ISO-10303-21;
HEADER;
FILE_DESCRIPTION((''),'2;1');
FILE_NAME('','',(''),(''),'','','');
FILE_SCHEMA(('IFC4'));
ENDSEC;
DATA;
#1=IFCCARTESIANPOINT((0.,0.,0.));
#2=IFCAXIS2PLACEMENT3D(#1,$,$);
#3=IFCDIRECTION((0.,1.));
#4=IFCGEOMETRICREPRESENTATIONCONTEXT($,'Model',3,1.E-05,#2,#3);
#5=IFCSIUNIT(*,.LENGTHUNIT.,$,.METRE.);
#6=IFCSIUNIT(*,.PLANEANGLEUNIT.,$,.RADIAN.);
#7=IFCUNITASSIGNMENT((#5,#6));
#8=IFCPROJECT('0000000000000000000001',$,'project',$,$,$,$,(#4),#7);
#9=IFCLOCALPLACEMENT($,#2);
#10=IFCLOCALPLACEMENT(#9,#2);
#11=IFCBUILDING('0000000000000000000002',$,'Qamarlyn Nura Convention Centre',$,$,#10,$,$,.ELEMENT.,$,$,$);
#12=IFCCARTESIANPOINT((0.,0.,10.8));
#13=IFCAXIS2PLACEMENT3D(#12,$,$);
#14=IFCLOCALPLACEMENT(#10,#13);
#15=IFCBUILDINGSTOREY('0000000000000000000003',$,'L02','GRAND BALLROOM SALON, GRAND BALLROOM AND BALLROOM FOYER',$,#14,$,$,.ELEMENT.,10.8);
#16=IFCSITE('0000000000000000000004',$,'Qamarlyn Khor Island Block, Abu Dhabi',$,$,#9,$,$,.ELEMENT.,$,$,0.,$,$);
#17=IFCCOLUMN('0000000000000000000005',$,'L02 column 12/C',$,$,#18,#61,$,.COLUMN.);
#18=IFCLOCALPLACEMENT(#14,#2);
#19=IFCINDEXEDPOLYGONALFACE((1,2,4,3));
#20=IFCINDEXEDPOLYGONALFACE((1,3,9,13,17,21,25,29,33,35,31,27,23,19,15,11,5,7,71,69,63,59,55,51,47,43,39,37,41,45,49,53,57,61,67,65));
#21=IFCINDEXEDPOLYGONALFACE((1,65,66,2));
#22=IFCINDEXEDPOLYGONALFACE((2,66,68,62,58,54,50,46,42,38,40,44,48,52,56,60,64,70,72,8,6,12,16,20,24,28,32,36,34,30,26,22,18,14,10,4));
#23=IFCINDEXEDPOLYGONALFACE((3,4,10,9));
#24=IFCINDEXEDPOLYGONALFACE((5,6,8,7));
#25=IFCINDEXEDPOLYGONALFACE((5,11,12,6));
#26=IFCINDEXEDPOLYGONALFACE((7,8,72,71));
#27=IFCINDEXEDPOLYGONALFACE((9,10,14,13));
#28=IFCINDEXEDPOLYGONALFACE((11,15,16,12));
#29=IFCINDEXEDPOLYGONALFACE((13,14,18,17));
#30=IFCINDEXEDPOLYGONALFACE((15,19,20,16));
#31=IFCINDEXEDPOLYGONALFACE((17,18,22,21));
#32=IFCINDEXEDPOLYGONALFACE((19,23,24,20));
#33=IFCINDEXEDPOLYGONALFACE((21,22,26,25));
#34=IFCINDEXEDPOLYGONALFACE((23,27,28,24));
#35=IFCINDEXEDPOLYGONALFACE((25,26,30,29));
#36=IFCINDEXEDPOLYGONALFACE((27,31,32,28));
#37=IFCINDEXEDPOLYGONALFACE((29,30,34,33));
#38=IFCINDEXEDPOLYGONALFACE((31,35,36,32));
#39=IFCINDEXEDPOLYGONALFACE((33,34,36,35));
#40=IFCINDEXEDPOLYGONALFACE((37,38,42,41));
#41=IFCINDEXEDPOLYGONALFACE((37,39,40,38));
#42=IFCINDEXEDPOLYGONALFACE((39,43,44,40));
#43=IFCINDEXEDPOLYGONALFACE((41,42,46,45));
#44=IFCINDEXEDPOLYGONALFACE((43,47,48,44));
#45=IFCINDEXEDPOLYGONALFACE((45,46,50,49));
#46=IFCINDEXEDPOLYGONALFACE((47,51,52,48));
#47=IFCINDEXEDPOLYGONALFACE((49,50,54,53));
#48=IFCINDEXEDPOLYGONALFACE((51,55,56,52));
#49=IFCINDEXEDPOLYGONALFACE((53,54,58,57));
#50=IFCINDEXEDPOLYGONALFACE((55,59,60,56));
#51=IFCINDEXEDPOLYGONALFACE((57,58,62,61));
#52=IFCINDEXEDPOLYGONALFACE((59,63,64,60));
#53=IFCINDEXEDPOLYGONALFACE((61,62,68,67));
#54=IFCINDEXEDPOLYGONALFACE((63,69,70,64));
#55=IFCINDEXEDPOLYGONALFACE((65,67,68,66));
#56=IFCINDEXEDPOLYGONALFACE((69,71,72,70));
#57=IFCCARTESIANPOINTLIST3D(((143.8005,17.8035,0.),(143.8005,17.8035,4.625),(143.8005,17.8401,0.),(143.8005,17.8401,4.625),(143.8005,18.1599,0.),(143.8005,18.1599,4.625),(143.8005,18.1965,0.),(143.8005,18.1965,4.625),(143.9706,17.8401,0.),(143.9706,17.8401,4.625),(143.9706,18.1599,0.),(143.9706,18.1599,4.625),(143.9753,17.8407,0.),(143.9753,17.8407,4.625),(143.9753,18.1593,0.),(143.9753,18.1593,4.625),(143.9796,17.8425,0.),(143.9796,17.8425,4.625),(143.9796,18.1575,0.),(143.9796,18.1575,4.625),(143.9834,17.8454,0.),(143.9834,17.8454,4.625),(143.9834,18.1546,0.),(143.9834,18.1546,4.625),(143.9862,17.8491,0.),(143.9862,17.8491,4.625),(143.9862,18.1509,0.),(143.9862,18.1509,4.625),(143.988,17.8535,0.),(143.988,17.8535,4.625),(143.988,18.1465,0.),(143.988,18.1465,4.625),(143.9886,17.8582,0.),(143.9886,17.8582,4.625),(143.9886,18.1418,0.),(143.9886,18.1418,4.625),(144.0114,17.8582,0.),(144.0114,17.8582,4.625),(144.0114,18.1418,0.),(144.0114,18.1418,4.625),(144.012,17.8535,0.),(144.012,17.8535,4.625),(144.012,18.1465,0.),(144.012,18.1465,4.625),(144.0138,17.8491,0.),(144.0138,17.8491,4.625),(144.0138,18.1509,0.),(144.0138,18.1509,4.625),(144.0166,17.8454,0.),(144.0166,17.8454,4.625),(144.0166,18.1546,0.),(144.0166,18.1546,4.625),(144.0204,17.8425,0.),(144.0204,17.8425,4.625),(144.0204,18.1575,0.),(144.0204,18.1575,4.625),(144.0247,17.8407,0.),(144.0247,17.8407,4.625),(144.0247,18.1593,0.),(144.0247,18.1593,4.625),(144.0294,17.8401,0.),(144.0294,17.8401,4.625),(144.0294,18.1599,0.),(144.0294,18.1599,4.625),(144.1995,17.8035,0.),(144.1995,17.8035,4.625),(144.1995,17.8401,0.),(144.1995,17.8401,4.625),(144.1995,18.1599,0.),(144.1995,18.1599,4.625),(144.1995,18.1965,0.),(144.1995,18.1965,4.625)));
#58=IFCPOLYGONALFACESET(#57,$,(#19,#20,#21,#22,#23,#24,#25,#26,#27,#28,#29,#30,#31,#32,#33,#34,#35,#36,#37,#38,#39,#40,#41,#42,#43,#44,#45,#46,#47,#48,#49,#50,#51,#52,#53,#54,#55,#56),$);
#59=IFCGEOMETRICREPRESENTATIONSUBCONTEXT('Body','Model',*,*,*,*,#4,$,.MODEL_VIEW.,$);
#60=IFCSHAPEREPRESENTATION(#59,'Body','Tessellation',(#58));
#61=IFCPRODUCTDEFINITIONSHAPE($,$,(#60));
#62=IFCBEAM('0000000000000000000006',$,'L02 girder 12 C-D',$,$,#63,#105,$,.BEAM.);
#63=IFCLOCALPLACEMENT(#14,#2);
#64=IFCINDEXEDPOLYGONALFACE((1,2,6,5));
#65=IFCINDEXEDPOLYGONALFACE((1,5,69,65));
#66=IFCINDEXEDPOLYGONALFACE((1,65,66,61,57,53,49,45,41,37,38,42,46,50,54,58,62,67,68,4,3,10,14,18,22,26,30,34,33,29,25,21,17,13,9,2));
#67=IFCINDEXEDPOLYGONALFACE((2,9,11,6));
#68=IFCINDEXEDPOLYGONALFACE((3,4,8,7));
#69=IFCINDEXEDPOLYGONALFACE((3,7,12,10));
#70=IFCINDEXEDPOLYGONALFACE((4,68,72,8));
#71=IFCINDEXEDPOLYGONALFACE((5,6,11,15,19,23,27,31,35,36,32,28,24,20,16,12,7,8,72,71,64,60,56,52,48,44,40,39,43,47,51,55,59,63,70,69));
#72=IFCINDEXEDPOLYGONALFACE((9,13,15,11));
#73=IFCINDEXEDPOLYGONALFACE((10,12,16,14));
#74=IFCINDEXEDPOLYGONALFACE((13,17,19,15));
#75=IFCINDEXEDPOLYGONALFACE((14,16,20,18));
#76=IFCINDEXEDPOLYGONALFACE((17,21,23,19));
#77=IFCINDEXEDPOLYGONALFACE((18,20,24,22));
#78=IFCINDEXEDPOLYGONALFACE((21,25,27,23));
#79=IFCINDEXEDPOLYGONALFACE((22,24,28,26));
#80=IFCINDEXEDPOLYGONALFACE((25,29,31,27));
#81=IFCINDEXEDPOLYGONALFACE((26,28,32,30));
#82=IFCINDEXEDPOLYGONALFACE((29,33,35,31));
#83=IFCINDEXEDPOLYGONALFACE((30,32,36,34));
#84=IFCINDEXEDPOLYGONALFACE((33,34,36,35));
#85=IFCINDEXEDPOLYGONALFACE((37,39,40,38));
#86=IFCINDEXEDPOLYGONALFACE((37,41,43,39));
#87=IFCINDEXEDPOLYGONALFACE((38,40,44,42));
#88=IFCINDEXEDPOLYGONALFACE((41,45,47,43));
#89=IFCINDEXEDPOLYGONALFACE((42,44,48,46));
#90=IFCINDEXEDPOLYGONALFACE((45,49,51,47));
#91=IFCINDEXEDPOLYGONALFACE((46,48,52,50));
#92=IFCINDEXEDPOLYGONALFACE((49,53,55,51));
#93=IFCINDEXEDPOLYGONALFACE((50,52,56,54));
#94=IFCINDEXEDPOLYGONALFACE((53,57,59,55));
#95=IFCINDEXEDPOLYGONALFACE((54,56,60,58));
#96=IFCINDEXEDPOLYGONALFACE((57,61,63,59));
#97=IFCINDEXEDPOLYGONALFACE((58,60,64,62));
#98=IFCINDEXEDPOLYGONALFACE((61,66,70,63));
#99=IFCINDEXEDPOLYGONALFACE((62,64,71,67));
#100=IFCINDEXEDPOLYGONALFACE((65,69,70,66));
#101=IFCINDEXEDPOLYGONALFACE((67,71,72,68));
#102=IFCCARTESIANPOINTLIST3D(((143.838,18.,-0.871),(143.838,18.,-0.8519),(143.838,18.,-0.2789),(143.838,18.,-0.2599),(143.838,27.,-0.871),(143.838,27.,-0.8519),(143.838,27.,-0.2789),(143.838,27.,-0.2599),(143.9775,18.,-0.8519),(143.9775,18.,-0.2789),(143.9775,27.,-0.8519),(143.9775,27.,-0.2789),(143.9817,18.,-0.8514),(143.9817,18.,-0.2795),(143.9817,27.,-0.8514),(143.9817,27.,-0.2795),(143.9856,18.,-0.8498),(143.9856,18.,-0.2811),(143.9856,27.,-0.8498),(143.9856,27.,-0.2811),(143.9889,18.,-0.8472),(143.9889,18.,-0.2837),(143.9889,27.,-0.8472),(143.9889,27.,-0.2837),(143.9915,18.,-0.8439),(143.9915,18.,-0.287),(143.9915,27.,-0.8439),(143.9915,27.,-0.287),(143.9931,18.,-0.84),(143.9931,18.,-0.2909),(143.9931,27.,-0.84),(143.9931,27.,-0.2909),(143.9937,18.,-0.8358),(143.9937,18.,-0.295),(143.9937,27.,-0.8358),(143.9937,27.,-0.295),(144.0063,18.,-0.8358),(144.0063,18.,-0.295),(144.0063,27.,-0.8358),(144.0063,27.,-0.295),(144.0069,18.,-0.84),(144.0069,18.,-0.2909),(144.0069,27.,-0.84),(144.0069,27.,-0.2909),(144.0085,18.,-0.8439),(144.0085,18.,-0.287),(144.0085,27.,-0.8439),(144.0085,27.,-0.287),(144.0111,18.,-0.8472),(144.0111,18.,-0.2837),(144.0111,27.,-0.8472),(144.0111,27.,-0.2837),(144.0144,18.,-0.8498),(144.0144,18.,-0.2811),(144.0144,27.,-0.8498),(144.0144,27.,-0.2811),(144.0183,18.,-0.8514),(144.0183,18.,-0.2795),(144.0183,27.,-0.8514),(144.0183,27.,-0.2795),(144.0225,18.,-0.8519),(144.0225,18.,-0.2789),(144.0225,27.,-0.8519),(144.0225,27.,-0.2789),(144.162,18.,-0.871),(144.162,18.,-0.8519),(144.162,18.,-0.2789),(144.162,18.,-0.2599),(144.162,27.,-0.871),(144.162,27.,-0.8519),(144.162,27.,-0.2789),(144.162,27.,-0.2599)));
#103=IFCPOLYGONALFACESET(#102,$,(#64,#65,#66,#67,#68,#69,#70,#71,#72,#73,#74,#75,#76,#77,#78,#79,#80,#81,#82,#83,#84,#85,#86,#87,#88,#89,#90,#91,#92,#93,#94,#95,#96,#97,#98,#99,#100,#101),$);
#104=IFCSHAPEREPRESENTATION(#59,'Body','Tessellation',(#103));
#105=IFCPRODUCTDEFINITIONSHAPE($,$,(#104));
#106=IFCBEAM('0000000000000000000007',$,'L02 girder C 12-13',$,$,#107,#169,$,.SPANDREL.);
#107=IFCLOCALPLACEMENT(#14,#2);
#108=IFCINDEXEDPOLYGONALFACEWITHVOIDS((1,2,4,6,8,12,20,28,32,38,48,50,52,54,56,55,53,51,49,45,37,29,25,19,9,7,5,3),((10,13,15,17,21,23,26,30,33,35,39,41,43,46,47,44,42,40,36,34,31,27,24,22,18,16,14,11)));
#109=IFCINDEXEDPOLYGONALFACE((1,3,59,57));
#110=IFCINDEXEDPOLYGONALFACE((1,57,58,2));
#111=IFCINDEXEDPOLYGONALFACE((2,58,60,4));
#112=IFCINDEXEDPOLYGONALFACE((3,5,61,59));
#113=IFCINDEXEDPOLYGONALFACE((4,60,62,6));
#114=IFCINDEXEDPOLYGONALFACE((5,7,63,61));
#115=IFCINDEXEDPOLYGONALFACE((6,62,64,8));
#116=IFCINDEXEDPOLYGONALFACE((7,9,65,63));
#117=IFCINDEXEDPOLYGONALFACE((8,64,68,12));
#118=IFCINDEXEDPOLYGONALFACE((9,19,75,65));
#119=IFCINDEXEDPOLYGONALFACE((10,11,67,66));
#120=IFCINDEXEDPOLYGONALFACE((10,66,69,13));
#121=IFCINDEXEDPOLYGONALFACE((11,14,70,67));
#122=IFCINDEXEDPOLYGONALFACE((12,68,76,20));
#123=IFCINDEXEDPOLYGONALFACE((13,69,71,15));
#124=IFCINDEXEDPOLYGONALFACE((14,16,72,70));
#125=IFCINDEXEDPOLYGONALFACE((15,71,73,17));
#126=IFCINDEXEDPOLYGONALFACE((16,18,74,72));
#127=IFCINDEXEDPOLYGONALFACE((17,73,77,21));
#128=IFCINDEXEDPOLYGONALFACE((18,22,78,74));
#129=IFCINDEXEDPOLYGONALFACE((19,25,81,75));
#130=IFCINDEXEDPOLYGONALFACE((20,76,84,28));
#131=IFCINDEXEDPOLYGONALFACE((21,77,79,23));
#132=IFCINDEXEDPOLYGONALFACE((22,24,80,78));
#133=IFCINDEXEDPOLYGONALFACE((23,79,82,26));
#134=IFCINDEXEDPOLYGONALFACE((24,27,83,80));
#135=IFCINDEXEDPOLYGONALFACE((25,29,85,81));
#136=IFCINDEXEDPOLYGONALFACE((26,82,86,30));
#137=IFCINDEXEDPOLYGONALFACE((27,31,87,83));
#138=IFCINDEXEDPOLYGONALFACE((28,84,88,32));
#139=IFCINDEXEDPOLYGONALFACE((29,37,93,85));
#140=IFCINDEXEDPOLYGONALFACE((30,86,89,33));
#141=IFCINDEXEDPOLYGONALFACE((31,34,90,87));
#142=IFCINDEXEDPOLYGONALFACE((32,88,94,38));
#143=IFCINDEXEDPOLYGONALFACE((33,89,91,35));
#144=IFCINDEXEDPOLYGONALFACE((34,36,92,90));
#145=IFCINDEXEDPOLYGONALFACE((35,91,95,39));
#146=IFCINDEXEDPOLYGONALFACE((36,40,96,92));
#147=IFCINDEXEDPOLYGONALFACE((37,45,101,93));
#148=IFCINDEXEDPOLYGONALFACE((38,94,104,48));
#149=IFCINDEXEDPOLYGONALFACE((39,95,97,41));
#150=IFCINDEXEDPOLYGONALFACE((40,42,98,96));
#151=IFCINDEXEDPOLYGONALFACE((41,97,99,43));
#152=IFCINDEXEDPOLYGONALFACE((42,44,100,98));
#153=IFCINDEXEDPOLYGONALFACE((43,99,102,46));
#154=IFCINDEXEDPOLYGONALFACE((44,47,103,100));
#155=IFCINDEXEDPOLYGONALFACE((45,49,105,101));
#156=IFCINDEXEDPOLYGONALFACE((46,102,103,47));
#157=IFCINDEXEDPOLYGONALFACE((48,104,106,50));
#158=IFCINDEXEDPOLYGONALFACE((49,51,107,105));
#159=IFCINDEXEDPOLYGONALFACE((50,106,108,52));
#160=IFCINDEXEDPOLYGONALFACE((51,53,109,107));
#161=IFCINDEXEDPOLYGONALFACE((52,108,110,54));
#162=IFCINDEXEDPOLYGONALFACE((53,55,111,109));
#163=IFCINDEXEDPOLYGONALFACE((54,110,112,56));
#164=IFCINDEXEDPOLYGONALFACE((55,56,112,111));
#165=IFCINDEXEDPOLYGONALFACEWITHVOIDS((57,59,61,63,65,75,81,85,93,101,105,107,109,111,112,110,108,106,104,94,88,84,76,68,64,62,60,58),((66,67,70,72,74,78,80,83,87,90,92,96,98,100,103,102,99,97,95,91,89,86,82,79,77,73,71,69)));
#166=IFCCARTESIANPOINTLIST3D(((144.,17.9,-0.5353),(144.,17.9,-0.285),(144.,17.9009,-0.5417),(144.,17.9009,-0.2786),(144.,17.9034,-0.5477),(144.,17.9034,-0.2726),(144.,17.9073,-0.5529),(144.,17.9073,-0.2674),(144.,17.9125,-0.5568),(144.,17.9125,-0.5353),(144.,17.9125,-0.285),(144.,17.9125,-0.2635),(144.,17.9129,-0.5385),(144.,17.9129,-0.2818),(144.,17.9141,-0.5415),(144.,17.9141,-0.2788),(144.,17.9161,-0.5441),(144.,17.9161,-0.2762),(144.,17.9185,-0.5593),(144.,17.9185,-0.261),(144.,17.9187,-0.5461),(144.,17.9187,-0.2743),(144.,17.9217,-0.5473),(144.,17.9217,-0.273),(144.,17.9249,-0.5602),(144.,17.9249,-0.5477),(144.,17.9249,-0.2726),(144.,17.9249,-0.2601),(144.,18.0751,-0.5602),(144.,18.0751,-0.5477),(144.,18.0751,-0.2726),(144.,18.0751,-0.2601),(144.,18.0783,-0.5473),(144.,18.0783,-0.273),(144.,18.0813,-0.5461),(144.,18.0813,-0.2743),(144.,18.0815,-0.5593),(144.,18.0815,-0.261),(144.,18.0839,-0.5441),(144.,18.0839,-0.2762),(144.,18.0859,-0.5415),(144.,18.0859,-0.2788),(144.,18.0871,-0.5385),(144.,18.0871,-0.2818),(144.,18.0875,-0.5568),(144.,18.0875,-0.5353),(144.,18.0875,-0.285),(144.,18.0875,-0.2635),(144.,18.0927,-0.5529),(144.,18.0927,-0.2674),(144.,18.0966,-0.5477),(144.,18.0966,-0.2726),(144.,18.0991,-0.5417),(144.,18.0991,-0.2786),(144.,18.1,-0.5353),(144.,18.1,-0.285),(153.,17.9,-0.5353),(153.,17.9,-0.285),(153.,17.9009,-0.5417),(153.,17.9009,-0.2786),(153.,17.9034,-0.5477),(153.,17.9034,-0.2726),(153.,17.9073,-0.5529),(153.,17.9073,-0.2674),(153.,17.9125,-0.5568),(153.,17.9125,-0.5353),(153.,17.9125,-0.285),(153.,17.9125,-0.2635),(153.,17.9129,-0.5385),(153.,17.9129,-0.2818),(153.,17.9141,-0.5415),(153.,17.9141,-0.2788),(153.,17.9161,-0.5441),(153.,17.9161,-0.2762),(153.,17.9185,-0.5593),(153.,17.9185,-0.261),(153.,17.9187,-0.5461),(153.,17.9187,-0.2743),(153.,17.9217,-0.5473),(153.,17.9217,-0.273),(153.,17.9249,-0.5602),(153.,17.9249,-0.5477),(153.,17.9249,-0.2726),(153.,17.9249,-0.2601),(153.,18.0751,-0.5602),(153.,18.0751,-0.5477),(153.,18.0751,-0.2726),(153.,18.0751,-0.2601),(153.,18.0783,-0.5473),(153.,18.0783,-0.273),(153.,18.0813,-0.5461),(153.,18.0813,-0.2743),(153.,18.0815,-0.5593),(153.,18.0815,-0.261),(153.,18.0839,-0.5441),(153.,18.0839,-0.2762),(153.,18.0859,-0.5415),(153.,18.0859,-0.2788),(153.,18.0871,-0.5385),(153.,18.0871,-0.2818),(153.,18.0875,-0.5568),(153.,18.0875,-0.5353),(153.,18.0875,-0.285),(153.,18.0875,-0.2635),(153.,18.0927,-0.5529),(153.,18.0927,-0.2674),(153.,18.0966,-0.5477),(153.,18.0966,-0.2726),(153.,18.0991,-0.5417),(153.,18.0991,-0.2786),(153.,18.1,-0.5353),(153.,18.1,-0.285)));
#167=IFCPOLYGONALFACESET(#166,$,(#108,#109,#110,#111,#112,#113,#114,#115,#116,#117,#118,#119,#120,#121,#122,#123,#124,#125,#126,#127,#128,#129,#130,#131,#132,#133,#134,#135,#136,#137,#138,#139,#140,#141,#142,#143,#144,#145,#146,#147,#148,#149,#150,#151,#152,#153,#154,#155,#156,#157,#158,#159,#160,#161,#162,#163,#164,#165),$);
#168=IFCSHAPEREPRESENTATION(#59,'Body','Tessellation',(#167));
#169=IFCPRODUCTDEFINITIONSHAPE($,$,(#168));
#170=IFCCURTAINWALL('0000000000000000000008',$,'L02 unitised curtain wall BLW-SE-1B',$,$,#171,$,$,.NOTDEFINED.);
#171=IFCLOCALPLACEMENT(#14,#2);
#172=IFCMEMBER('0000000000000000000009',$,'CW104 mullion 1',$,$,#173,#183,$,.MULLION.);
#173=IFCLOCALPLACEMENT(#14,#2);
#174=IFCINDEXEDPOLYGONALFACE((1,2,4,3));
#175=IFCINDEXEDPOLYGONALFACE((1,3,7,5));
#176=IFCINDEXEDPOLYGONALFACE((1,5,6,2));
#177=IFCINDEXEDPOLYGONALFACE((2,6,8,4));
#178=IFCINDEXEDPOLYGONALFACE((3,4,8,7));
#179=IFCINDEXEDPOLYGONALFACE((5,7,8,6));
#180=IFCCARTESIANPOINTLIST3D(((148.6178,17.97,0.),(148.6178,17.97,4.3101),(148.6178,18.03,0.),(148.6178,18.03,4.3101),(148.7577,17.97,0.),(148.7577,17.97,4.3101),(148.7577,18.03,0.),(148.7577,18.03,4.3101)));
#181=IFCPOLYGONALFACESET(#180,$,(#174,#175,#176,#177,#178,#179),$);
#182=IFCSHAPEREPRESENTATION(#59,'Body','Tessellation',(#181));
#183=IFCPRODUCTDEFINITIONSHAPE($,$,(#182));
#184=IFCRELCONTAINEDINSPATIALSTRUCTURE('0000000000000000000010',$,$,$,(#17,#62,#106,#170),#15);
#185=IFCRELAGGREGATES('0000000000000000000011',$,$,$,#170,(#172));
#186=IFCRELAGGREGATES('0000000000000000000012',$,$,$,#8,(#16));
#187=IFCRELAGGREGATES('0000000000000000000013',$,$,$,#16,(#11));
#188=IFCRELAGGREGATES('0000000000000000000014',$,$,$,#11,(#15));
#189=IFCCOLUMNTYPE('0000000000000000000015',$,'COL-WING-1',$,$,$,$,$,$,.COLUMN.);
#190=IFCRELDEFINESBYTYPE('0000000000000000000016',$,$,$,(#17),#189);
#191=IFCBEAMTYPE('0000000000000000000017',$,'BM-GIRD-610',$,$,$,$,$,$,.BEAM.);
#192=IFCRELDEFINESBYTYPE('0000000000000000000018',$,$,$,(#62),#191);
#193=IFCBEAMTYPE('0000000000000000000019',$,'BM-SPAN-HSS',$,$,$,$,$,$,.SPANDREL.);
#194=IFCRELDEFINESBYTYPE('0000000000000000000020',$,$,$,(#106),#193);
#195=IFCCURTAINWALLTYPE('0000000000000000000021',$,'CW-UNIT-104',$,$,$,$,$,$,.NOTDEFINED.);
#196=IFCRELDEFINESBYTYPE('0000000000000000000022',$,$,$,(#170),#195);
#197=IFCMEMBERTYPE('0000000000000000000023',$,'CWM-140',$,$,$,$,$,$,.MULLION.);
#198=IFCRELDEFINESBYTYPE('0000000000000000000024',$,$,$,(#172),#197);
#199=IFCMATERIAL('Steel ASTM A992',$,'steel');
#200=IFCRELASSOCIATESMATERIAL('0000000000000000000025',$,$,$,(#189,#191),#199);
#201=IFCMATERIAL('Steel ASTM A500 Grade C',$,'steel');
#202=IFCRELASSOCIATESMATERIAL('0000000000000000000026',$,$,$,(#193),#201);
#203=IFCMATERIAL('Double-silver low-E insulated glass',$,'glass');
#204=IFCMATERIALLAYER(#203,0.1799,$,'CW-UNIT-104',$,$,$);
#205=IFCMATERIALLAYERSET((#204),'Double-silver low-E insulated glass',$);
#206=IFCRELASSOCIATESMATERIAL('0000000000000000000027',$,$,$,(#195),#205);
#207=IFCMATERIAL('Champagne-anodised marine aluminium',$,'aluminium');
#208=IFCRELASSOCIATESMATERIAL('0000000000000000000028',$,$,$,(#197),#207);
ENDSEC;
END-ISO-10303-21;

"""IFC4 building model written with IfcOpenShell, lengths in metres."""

from ifc_helpers import new_model, si_unit, direction, frame, origin, origin_2d, place, context, subcontext, project, spatial, rectangle, hollow_rectangle, i_section, extrude, material, layer, layer_set, material_profile, profile_set, type_object, element, aggregate, save


model = new_model("IFC4")

# Units and contexts
model_context = context("Model", 3, precision=1e-05, world=origin(), true_north=direction((0.0, 1.0)))
body_context = subcontext(model_context, "Body", "Model", "MODEL_VIEW")
ifc_project = project(units=[si_unit("LENGTHUNIT", "METRE"), si_unit("PLANEANGLEUNIT", "RADIAN")], contexts=[model_context])

# Site, building, storey
site_placement = place(None, origin())
site = spatial("IfcSite", under=ifc_project, at=site_placement, Name="Qamarlyn Khor Island Block, Abu Dhabi", CompositionType="ELEMENT", RefElevation=0.0)
building_placement = place(site_placement, origin())
building = spatial("IfcBuilding", under=site, at=building_placement, Name="Qamarlyn Nura Convention Centre", CompositionType="ELEMENT")
storey_placement = place(building_placement, frame((0.0, 0.0, 10.8)))
storey = spatial("IfcBuildingStorey", under=building, at=storey_placement, Name="L02", Description="GRAND BALLROOM SALON, GRAND BALLROOM AND BALLROOM FOYER", CompositionType="ELEMENT", Elevation=10.8)

# Column
ifc_material_1 = material(Name="Steel ASTM A992", Category="steel")
ifc_material_profile_1 = material_profile(ifc_material_1, i_section(OverallWidth=0.3989, OverallDepth=0.3931, WebThickness=0.0227, FlangeThickness=0.0366, FilletRadius=0.0181, at=origin_2d()), Name="W360X287")
ifc_profile_set_1 = profile_set([ifc_material_profile_1], Name="Steel ASTM A992")
column_type = type_object("IfcColumnType", Name="COL-WING-1", PredefinedType="COLUMN", material=ifc_profile_set_1)
column_placement = place(storey_placement, frame((144.0, 18.0, 0.0), z_axis=(0.0, 0.0, 1.0), x_axis=(1.0, 0.0, 0.0)))
element("IfcColumn", 1, at=column_placement, inside=storey, type_object=column_type, Name="L02 column 12/C", PredefinedType="COLUMN", context=body_context, shape_type="SweptSolid", body=[
    extrude(i_section(OverallWidth=0.3989, OverallDepth=0.3931, WebThickness=0.0227, FlangeThickness=0.0366, FilletRadius=0.0181, at=origin_2d()), origin(), (0.0, 0.0, 1.0), 4.625),
])

# Beams
ifc_material_profile_2 = material_profile(ifc_material_1, i_section(OverallWidth=0.324, OverallDepth=0.6111, WebThickness=0.0127, FlangeThickness=0.019, FilletRadius=0.0161, at=origin_2d()), Name="W610X155")
ifc_profile_set_2 = profile_set([ifc_material_profile_2], Name="Steel ASTM A992")
beam_type_1 = type_object("IfcBeamType", Name="BM-GIRD-610", PredefinedType="BEAM", material=ifc_profile_set_2)
beam_1_placement = place(storey_placement, frame((144.0, 18.0, -0.5654), z_axis=(0.0, 1.0, 0.0), x_axis=(-1.0, 0.0, 0.0)))
element("IfcBeam", 2, at=beam_1_placement, inside=storey, type_object=beam_type_1, Name="L02 girder 12 C-D", PredefinedType="BEAM", context=body_context, shape_type="SweptSolid", body=[
    extrude(i_section(OverallWidth=0.324, OverallDepth=0.6111, WebThickness=0.0127, FlangeThickness=0.019, FilletRadius=0.0161, at=origin_2d()), origin(), (0.0, 0.0, 1.0), 9.0),
])
ifc_material_2 = material(Name="Steel ASTM A500 Grade C", Category="steel")
ifc_material_profile_3 = material_profile(ifc_material_2, hollow_rectangle(XDim=0.2, YDim=0.3, WallThickness=0.0125, InnerFilletRadius=0.0125, OuterFilletRadius=0.0249, at=origin_2d()), Name="HSS300X200X12.5")
ifc_profile_set_3 = profile_set([ifc_material_profile_3], Name="Steel ASTM A500 Grade C")
beam_type_2 = type_object("IfcBeamType", Name="BM-SPAN-HSS", PredefinedType="SPANDREL", material=ifc_profile_set_3)
beam_2_placement = place(storey_placement, frame((144.0, 18.0, -0.4102), z_axis=(1.0, 0.0, 0.0), x_axis=(0.0, 1.0, 0.0)))
element("IfcBeam", 3, at=beam_2_placement, inside=storey, type_object=beam_type_2, Name="L02 girder C 12-13", PredefinedType="SPANDREL", context=body_context, shape_type="SweptSolid", body=[
    extrude(hollow_rectangle(XDim=0.2, YDim=0.3, WallThickness=0.0125, InnerFilletRadius=0.0125, OuterFilletRadius=0.0249, at=origin_2d()), origin(), (0.0, 0.0, 1.0), 9.0),
])

# Curtain wall, member
ifc_material_3 = material(Name="Double-silver low-E insulated glass", Category="glass")
ifc_layer_1 = layer(ifc_material_3, 0.1799, Name="CW-UNIT-104")
ifc_layer_set_1 = layer_set([ifc_layer_1], Name="Double-silver low-E insulated glass")
curtain_wall_type_1 = type_object("IfcCurtainWallType", Name="CW-UNIT-104", PredefinedType="NOTDEFINED", material=ifc_layer_set_1)
curtain_wall_1_placement = place(storey_placement, origin())
curtain_wall_1 = element("IfcCurtainWall", 4, at=curtain_wall_1_placement, inside=storey, type_object=curtain_wall_type_1, Name="L02 unitised curtain wall BLW-SE-1B", PredefinedType="NOTDEFINED")
ifc_material_4 = material(Name="Champagne-anodised marine aluminium", Category="aluminium")
ifc_material_profile_4 = material_profile(ifc_material_4, rectangle(XDim=0.0601, YDim=0.1399, at=origin_2d()), Name="ALU MULLION 60x140")
ifc_profile_set_4 = profile_set([ifc_material_profile_4], Name="Champagne-anodised marine aluminium")
member_type_1 = type_object("IfcMemberType", Name="CWM-140", PredefinedType="MULLION", material=ifc_profile_set_4)
member_1_placement = place(storey_placement, frame((148.6877, 18.0, 0.0), z_axis=(0.0, 0.0, 1.0), x_axis=(0.0, -1.0, 0.0)))
member_1 = element("IfcMember", 5, at=member_1_placement, type_object=member_type_1, Name="CW104 mullion 1", PredefinedType="MULLION", context=body_context, shape_type="SweptSolid", body=[
    extrude(rectangle(XDim=0.0601, YDim=0.1399, at=origin_2d()), origin(), (0.0, 0.0, 1.0), 4.3101),
])

aggregate(curtain_wall_1, [member_1])

save(model, "model.ifc")
